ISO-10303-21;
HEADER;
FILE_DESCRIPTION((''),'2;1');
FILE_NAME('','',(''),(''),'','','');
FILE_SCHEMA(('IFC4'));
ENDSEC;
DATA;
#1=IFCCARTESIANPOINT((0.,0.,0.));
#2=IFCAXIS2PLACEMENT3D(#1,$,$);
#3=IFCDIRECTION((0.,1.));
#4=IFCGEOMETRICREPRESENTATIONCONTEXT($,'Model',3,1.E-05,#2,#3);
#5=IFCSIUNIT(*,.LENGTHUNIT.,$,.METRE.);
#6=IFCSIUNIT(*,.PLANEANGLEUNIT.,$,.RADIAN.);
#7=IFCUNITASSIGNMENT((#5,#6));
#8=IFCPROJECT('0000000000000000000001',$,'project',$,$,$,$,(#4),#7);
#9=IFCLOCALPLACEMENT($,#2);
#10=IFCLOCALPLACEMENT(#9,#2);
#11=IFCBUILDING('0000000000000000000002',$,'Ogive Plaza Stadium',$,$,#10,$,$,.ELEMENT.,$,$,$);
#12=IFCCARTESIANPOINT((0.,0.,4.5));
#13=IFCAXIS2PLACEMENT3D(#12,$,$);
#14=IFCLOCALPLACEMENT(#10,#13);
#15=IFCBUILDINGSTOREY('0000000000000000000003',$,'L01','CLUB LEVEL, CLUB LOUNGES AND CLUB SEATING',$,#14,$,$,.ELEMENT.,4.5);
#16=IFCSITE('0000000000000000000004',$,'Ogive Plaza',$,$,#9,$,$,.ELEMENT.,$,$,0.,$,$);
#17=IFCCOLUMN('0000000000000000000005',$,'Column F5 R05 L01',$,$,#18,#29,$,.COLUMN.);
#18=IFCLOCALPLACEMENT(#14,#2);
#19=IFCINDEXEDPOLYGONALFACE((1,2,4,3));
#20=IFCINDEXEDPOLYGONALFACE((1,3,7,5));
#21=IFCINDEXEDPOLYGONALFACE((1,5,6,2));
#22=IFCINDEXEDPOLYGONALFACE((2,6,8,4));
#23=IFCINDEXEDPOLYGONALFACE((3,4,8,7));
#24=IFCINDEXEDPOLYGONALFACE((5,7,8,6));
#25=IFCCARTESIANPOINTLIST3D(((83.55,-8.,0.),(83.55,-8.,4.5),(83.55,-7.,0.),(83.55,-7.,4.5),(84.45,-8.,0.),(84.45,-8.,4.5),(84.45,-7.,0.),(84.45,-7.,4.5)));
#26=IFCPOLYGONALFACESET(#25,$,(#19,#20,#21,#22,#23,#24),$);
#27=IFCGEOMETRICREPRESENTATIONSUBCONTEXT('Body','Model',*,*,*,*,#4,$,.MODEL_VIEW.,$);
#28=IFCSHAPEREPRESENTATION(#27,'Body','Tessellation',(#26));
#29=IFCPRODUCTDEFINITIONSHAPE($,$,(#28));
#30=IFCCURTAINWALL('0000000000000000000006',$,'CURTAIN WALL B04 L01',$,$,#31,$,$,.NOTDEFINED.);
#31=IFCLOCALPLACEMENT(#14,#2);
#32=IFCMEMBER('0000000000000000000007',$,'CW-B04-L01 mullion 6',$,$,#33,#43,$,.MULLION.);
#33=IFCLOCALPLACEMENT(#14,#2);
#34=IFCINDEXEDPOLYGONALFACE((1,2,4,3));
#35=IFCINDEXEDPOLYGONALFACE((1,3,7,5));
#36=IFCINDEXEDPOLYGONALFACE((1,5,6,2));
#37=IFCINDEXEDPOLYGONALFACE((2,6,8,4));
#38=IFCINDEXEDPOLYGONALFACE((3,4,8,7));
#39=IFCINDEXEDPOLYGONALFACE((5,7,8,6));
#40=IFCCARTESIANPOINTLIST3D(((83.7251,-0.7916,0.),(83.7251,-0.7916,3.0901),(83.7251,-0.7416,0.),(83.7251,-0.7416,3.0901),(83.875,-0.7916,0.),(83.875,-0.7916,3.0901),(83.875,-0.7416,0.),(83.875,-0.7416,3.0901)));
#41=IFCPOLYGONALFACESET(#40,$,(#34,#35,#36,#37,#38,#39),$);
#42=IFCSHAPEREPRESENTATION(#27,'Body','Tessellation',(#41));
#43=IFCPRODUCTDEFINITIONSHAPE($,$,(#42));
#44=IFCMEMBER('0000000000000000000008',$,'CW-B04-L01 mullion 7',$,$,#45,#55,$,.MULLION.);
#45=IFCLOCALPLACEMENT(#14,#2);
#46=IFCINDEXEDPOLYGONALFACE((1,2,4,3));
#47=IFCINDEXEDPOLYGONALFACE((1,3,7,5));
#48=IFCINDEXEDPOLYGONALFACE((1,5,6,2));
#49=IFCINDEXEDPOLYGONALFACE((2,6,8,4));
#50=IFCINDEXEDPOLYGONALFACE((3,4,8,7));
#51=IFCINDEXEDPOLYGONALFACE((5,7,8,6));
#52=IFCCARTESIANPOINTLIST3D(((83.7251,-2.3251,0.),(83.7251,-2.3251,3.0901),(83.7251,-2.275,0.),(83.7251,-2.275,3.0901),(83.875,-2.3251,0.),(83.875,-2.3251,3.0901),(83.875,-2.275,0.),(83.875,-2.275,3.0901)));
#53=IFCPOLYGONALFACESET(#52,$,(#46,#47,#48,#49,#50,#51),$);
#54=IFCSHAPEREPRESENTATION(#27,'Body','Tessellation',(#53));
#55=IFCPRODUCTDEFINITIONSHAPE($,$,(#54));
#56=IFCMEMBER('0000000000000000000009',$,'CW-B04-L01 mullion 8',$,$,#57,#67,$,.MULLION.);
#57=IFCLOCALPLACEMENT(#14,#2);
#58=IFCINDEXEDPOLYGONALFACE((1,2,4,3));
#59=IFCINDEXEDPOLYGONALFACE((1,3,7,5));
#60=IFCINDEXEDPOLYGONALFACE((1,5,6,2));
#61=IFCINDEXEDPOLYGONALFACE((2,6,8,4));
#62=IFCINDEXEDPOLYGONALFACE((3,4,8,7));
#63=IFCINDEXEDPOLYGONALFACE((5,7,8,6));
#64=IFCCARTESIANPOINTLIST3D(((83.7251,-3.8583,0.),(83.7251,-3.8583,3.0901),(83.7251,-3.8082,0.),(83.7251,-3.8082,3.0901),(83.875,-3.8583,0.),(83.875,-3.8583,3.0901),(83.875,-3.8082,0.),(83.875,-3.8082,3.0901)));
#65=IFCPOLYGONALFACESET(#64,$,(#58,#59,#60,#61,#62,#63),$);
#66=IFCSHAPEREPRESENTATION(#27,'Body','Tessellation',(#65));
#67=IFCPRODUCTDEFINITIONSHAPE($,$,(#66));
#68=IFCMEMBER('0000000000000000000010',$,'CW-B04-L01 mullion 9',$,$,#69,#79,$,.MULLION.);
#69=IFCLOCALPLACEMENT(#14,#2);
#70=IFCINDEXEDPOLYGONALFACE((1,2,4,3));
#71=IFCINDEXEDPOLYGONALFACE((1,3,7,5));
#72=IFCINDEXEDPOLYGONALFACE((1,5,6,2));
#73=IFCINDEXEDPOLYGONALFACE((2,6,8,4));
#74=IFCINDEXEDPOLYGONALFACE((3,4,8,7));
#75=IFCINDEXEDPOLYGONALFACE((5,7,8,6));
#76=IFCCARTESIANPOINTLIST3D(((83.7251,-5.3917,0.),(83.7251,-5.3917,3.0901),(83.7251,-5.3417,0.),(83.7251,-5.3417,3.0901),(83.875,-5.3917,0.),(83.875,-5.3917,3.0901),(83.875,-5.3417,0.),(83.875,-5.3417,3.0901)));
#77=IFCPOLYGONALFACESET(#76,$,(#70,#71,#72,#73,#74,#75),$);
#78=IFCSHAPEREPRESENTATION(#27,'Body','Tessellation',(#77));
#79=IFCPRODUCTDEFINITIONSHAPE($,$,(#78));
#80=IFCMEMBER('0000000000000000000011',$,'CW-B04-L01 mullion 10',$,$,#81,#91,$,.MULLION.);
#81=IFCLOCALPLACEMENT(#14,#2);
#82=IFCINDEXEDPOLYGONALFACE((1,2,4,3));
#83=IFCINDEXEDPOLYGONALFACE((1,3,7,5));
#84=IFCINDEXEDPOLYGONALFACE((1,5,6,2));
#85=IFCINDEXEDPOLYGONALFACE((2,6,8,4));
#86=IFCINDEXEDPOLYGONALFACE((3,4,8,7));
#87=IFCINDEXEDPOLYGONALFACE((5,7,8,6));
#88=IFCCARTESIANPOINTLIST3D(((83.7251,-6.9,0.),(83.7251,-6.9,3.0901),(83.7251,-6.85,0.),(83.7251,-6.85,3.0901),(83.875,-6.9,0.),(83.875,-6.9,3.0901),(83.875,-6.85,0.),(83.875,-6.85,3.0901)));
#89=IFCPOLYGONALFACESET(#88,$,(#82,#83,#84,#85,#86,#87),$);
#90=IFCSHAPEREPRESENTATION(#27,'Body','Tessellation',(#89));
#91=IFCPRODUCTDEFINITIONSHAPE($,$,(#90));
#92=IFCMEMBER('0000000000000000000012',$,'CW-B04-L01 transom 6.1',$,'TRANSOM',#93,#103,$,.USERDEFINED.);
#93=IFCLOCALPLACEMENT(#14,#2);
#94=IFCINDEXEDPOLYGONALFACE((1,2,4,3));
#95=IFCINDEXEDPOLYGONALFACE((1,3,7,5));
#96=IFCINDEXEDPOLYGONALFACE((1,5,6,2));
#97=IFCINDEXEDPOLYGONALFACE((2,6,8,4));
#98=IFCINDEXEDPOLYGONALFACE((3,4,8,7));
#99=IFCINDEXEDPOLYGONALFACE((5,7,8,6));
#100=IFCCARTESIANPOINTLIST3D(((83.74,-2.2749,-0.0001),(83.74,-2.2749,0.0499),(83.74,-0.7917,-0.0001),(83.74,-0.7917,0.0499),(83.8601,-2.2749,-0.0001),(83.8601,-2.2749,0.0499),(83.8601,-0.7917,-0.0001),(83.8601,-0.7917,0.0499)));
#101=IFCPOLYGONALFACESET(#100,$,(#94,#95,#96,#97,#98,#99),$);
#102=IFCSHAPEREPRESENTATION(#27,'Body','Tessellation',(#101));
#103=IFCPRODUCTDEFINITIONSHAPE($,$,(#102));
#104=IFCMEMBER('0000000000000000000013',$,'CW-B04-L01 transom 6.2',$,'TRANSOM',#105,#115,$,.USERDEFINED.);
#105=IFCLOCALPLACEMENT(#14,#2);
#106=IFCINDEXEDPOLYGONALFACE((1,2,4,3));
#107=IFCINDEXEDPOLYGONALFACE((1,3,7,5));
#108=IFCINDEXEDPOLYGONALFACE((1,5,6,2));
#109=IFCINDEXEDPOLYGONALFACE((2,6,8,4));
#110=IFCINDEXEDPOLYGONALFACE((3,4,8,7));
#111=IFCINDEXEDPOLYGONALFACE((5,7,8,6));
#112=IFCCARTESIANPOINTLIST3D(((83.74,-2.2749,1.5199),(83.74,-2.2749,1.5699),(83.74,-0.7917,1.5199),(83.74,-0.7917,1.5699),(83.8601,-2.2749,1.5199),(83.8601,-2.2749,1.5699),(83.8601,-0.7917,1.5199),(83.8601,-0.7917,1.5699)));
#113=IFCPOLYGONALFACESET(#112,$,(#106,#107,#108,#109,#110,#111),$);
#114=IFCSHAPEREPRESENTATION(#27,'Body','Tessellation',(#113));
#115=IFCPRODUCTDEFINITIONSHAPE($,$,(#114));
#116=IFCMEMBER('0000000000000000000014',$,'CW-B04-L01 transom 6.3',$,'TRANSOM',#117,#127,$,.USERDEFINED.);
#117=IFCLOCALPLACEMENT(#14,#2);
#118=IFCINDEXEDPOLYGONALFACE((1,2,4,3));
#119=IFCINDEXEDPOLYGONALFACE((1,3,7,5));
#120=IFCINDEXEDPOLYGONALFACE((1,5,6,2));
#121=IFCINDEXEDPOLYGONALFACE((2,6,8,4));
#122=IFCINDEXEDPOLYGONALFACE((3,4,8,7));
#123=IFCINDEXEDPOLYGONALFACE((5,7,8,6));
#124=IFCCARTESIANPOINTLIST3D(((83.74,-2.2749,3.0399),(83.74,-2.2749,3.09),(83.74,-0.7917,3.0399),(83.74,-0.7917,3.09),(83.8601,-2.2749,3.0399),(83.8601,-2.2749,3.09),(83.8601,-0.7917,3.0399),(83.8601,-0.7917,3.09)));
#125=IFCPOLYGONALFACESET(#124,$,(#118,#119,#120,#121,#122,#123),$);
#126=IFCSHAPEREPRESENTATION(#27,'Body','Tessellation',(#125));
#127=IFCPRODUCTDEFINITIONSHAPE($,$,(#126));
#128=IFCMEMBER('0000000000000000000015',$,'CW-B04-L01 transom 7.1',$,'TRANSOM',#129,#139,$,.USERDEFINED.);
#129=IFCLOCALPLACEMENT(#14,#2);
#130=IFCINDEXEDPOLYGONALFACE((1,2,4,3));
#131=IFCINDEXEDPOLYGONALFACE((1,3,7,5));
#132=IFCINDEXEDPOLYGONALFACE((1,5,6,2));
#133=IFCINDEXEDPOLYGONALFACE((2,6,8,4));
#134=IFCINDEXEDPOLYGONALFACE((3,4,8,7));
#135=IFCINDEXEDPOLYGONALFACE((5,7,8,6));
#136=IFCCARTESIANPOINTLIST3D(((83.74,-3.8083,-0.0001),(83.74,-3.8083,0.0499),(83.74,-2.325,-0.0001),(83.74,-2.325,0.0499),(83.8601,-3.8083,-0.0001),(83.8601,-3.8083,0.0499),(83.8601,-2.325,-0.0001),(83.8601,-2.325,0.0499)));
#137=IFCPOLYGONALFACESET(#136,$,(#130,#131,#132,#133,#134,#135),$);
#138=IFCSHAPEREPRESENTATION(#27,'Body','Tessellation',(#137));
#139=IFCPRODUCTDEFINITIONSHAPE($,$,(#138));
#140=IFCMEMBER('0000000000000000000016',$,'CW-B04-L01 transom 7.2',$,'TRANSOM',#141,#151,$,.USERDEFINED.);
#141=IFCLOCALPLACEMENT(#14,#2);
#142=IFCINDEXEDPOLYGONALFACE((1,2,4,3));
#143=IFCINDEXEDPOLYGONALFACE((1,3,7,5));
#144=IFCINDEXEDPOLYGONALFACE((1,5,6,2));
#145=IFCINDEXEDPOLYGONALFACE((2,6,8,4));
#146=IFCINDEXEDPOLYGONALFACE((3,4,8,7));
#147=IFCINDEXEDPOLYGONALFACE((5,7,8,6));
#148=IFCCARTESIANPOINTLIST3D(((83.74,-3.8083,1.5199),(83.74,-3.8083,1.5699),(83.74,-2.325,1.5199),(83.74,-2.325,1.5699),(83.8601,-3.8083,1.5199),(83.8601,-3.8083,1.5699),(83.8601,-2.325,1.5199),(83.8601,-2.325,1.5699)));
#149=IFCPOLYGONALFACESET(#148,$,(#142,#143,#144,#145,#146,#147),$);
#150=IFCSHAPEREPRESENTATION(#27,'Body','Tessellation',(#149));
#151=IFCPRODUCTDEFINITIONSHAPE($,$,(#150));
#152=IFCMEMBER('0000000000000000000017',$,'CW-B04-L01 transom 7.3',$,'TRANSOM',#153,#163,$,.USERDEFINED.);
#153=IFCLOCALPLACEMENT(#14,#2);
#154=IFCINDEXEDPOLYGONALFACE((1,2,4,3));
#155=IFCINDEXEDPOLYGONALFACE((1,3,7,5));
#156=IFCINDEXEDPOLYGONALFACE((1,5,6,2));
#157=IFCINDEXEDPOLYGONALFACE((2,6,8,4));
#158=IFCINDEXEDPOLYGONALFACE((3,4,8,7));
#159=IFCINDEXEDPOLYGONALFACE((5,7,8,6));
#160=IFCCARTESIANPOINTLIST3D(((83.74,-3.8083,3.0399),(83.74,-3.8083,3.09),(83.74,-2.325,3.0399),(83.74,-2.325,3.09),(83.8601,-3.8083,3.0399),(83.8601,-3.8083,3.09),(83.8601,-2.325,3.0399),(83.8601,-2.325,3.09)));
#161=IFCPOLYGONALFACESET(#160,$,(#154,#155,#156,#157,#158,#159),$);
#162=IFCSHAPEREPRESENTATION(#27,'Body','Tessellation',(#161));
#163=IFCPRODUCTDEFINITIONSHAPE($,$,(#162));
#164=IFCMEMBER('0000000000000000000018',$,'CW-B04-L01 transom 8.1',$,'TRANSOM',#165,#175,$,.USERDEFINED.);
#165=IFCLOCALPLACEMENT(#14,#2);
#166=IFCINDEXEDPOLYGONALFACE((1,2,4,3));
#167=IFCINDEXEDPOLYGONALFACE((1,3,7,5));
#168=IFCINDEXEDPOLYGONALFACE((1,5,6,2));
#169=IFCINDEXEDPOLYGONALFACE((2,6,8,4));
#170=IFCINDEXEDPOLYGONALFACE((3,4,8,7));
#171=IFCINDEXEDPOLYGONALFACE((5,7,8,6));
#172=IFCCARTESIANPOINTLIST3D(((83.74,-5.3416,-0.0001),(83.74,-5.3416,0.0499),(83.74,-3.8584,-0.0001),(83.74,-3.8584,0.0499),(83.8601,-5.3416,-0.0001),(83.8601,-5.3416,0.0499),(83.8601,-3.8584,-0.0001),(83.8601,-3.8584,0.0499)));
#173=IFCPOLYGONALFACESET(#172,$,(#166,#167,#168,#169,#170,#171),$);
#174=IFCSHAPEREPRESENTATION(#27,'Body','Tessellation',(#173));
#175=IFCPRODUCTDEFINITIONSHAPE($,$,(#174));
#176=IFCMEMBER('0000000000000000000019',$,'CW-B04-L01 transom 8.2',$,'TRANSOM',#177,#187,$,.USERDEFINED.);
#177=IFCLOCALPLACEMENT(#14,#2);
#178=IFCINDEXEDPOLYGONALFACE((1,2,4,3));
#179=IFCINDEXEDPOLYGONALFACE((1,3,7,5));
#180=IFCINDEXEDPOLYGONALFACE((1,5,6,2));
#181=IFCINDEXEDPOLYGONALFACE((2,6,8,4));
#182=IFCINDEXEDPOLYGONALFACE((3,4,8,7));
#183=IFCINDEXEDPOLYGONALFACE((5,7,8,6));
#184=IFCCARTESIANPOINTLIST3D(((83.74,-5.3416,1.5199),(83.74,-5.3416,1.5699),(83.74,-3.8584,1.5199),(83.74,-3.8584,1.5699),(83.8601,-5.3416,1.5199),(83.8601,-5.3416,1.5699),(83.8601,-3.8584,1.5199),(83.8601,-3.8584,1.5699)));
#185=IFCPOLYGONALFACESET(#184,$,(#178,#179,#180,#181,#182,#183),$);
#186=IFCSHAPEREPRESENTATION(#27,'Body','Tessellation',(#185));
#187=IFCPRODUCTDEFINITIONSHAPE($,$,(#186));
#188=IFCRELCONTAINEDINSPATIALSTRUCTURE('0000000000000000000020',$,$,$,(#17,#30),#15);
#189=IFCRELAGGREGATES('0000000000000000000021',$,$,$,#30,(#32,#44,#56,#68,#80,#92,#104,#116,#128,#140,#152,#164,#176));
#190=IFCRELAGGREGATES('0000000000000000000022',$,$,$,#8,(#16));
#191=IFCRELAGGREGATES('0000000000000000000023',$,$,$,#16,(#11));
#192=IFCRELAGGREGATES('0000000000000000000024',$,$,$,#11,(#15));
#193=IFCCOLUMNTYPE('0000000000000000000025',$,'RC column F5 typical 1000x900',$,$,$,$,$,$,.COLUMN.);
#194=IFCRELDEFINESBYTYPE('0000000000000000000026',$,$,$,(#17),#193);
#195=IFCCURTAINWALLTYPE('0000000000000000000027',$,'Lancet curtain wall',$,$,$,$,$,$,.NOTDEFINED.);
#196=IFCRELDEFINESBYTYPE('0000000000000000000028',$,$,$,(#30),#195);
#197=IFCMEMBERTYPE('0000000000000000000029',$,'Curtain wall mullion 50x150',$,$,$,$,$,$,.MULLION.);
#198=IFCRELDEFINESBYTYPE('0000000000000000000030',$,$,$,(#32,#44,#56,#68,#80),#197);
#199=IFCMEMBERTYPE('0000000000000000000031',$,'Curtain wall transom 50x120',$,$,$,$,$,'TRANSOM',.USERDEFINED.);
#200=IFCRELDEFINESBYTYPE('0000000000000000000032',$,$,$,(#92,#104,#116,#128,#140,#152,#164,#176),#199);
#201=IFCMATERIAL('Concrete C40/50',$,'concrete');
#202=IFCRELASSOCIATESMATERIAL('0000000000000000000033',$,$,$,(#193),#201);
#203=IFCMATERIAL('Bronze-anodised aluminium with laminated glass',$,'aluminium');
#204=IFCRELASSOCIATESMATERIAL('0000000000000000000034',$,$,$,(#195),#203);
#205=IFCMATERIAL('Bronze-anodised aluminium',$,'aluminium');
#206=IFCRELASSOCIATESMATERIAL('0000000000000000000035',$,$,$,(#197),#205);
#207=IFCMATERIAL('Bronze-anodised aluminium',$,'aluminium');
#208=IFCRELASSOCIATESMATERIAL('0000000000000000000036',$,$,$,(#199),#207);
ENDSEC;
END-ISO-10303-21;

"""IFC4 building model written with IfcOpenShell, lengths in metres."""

from ifc_helpers import new_model, si_unit, direction, frame, origin, origin_2d, place, context, subcontext, project, spatial, rectangle, extrude, material, material_profile, profile_set, type_object, element, aggregate, save


model = new_model("IFC4")

# Units and contexts
model_context = context("Model", 3, precision=1e-05, world=origin(), true_north=direction((0.0, 1.0)))
body_context = subcontext(model_context, "Body", "Model", "MODEL_VIEW")
ifc_project = project(units=[si_unit("LENGTHUNIT", "METRE"), si_unit("PLANEANGLEUNIT", "RADIAN")], contexts=[model_context])

# Site, building, storey
site_placement = place(None, origin())
site = spatial("IfcSite", under=ifc_project, at=site_placement, Name="Ogive Plaza", CompositionType="ELEMENT", RefElevation=0.0)
building_placement = place(site_placement, origin())
building = spatial("IfcBuilding", under=site, at=building_placement, Name="Ogive Plaza Stadium", CompositionType="ELEMENT")
storey_placement = place(building_placement, frame((0.0, 0.0, 4.5)))
storey = spatial("IfcBuildingStorey", under=building, at=storey_placement, Name="L01", Description="CLUB LEVEL, CLUB LOUNGES AND CLUB SEATING", CompositionType="ELEMENT", Elevation=4.5)

# Column
ifc_material_1 = material(Name="Concrete C40/50", Category="concrete")
ifc_material_profile_1 = material_profile(ifc_material_1, rectangle(XDim=1.0, YDim=0.8999, at=origin_2d()), Name="RC 1000x900")
ifc_profile_set_1 = profile_set([ifc_material_profile_1], Name="Concrete C40/50")
column_type = type_object("IfcColumnType", Name="RC column F5 typical 1000x900", PredefinedType="COLUMN", material=ifc_profile_set_1)
column_placement = place(storey_placement, frame((84.0, -7.5, 0.0), z_axis=(0.0, 0.0, 1.0), x_axis=(0.0, 1.0, 0.0)))
element("IfcColumn", 1, at=column_placement, inside=storey, type_object=column_type, Name="Column F5 R05 L01", PredefinedType="COLUMN", context=body_context, shape_type="SweptSolid", body=[
    extrude(rectangle(XDim=1.0, YDim=0.8999, at=origin_2d()), origin(), (0.0, 0.0, 1.0), 4.5),
])

# Curtain wall, members
ifc_material_2 = material(Name="Bronze-anodised aluminium with laminated glass", Category="aluminium")
curtain_wall_type = type_object("IfcCurtainWallType", Name="Lancet curtain wall", PredefinedType="NOTDEFINED", material=ifc_material_2)
curtain_wall_placement = place(storey_placement, origin())
curtain_wall = element("IfcCurtainWall", 2, at=curtain_wall_placement, inside=storey, type_object=curtain_wall_type, Name="CURTAIN WALL B04 L01", PredefinedType="NOTDEFINED")
ifc_material_3 = material(Name="Bronze-anodised aluminium", Category="aluminium")
ifc_material_profile_2 = material_profile(ifc_material_3, rectangle(XDim=0.1499, YDim=0.05, at=origin_2d()), Name="AL 150x50")
ifc_profile_set_2 = profile_set([ifc_material_profile_2], Name="Bronze-anodised aluminium")
member_type_1 = type_object("IfcMemberType", Name="Curtain wall mullion 50x150", PredefinedType="MULLION", material=ifc_profile_set_2)
member_1_placement = place(storey_placement, frame((83.8, -0.7666, 0.0), z_axis=(0.0, 0.0, 1.0), x_axis=(1.0, 0.0, 0.0)))
member_1 = element("IfcMember", 3, at=member_1_placement, type_object=member_type_1, Name="CW-B04-L01 mullion 6", PredefinedType="MULLION", context=body_context, shape_type="SweptSolid", body=[
    extrude(rectangle(XDim=0.1499, YDim=0.05, at=origin_2d()), origin(), (0.0, 0.0, 1.0), 3.0901),
])
member_2_placement = place(storey_placement, frame((83.8, -2.3, 0.0), z_axis=(0.0, 0.0, 1.0), x_axis=(1.0, 0.0, 0.0)))
member_2 = element("IfcMember", 4, at=member_2_placement, type_object=member_type_1, Name="CW-B04-L01 mullion 7", PredefinedType="MULLION", context=body_context, shape_type="SweptSolid", body=[
    extrude(rectangle(XDim=0.1499, YDim=0.05, at=origin_2d()), origin(), (0.0, 0.0, 1.0), 3.0901),
])
member_3_placement = place(storey_placement, frame((83.8, -3.8333, 0.0), z_axis=(0.0, 0.0, 1.0), x_axis=(1.0, 0.0, 0.0)))
member_3 = element("IfcMember", 5, at=member_3_placement, type_object=member_type_1, Name="CW-B04-L01 mullion 8", PredefinedType="MULLION", context=body_context, shape_type="SweptSolid", body=[
    extrude(rectangle(XDim=0.1499, YDim=0.05, at=origin_2d()), origin(), (0.0, 0.0, 1.0), 3.0901),
])
member_4_placement = place(storey_placement, frame((83.8, -5.3667, 0.0), z_axis=(0.0, 0.0, 1.0), x_axis=(1.0, 0.0, 0.0)))
member_4 = element("IfcMember", 6, at=member_4_placement, type_object=member_type_1, Name="CW-B04-L01 mullion 9", PredefinedType="MULLION", context=body_context, shape_type="SweptSolid", body=[
    extrude(rectangle(XDim=0.1499, YDim=0.05, at=origin_2d()), origin(), (0.0, 0.0, 1.0), 3.0901),
])
member_5_placement = place(storey_placement, frame((83.8, -6.875, 0.0), z_axis=(0.0, 0.0, 1.0), x_axis=(1.0, 0.0, 0.0)))
member_5 = element("IfcMember", 7, at=member_5_placement, type_object=member_type_1, Name="CW-B04-L01 mullion 10", PredefinedType="MULLION", context=body_context, shape_type="SweptSolid", body=[
    extrude(rectangle(XDim=0.1499, YDim=0.05, at=origin_2d()), origin(), (0.0, 0.0, 1.0), 3.0901),
])
ifc_material_4 = material(Name="Bronze-anodised aluminium", Category="aluminium")
ifc_material_profile_3 = material_profile(ifc_material_4, rectangle(XDim=0.1201, YDim=0.05, at=origin_2d()), Name="AL 120x50")
ifc_profile_set_3 = profile_set([ifc_material_profile_3], Name="Bronze-anodised aluminium")
member_type_2 = type_object("IfcMemberType", Name="Curtain wall transom 50x120", ElementType="TRANSOM", PredefinedType="USERDEFINED", material=ifc_profile_set_3)
member_6_placement = place(storey_placement, frame((83.8, -0.7917, 0.0249), z_axis=(0.0, -1.0, 0.0), x_axis=(1.0, 0.0, 0.0)))
member_6 = element("IfcMember", 8, at=member_6_placement, type_object=member_type_2, Name="CW-B04-L01 transom 6.1", ObjectType="TRANSOM", PredefinedType="USERDEFINED", context=body_context, shape_type="SweptSolid", body=[
    extrude(rectangle(XDim=0.1201, YDim=0.05, at=origin_2d()), origin(), (0.0, 0.0, 1.0), 1.4832),
])
member_7_placement = place(storey_placement, frame((83.8, -0.7917, 1.5449), z_axis=(0.0, -1.0, 0.0), x_axis=(1.0, 0.0, 0.0)))
member_7 = element("IfcMember", 9, at=member_7_placement, type_object=member_type_2, Name="CW-B04-L01 transom 6.2", ObjectType="TRANSOM", PredefinedType="USERDEFINED", context=body_context, shape_type="SweptSolid", body=[
    extrude(rectangle(XDim=0.1201, YDim=0.05, at=origin_2d()), origin(), (0.0, 0.0, 1.0), 1.4832),
])
member_8_placement = place(storey_placement, frame((83.8, -0.7917, 3.0649), z_axis=(0.0, -1.0, 0.0), x_axis=(1.0, 0.0, 0.0)))
member_8 = element("IfcMember", 10, at=member_8_placement, type_object=member_type_2, Name="CW-B04-L01 transom 6.3", ObjectType="TRANSOM", PredefinedType="USERDEFINED", context=body_context, shape_type="SweptSolid", body=[
    extrude(rectangle(XDim=0.1201, YDim=0.05, at=origin_2d()), origin(), (0.0, 0.0, 1.0), 1.4832),
])
member_9_placement = place(storey_placement, frame((83.8, -2.325, 0.0249), z_axis=(0.0, -1.0, 0.0), x_axis=(1.0, 0.0, 0.0)))
member_9 = element("IfcMember", 11, at=member_9_placement, type_object=member_type_2, Name="CW-B04-L01 transom 7.1", ObjectType="TRANSOM", PredefinedType="USERDEFINED", context=body_context, shape_type="SweptSolid", body=[
    extrude(rectangle(XDim=0.1201, YDim=0.05, at=origin_2d()), origin(), (0.0, 0.0, 1.0), 1.4834),
])
member_10_placement = place(storey_placement, frame((83.8, -2.325, 1.5449), z_axis=(0.0, -1.0, 0.0), x_axis=(1.0, 0.0, 0.0)))
member_10 = element("IfcMember", 12, at=member_10_placement, type_object=member_type_2, Name="CW-B04-L01 transom 7.2", ObjectType="TRANSOM", PredefinedType="USERDEFINED", context=body_context, shape_type="SweptSolid", body=[
    extrude(rectangle(XDim=0.1201, YDim=0.05, at=origin_2d()), origin(), (0.0, 0.0, 1.0), 1.4834),
])
member_11_placement = place(storey_placement, frame((83.8, -2.325, 3.0649), z_axis=(0.0, -1.0, 0.0), x_axis=(1.0, 0.0, 0.0)))
member_11 = element("IfcMember", 13, at=member_11_placement, type_object=member_type_2, Name="CW-B04-L01 transom 7.3", ObjectType="TRANSOM", PredefinedType="USERDEFINED", context=body_context, shape_type="SweptSolid", body=[
    extrude(rectangle(XDim=0.1201, YDim=0.05, at=origin_2d()), origin(), (0.0, 0.0, 1.0), 1.4834),
])
member_12_placement = place(storey_placement, frame((83.8, -3.8584, 0.0249), z_axis=(0.0, -1.0, 0.0), x_axis=(1.0, 0.0, 0.0)))
member_12 = element("IfcMember", 14, at=member_12_placement, type_object=member_type_2, Name="CW-B04-L01 transom 8.1", ObjectType="TRANSOM", PredefinedType="USERDEFINED", context=body_context, shape_type="SweptSolid", body=[
    extrude(rectangle(XDim=0.1201, YDim=0.05, at=origin_2d()), origin(), (0.0, 0.0, 1.0), 1.4832),
])
member_13_placement = place(storey_placement, frame((83.8, -3.8584, 1.5449), z_axis=(0.0, -1.0, 0.0), x_axis=(1.0, 0.0, 0.0)))
member_13 = element("IfcMember", 15, at=member_13_placement, type_object=member_type_2, Name="CW-B04-L01 transom 8.2", ObjectType="TRANSOM", PredefinedType="USERDEFINED", context=body_context, shape_type="SweptSolid", body=[
    extrude(rectangle(XDim=0.1201, YDim=0.05, at=origin_2d()), origin(), (0.0, 0.0, 1.0), 1.4832),
])

aggregate(curtain_wall, [member_1, member_2, member_3, member_4, member_5, member_6, member_7, member_8, member_9, member_10, member_11, member_12, member_13])

save(model, "model.ifc")
